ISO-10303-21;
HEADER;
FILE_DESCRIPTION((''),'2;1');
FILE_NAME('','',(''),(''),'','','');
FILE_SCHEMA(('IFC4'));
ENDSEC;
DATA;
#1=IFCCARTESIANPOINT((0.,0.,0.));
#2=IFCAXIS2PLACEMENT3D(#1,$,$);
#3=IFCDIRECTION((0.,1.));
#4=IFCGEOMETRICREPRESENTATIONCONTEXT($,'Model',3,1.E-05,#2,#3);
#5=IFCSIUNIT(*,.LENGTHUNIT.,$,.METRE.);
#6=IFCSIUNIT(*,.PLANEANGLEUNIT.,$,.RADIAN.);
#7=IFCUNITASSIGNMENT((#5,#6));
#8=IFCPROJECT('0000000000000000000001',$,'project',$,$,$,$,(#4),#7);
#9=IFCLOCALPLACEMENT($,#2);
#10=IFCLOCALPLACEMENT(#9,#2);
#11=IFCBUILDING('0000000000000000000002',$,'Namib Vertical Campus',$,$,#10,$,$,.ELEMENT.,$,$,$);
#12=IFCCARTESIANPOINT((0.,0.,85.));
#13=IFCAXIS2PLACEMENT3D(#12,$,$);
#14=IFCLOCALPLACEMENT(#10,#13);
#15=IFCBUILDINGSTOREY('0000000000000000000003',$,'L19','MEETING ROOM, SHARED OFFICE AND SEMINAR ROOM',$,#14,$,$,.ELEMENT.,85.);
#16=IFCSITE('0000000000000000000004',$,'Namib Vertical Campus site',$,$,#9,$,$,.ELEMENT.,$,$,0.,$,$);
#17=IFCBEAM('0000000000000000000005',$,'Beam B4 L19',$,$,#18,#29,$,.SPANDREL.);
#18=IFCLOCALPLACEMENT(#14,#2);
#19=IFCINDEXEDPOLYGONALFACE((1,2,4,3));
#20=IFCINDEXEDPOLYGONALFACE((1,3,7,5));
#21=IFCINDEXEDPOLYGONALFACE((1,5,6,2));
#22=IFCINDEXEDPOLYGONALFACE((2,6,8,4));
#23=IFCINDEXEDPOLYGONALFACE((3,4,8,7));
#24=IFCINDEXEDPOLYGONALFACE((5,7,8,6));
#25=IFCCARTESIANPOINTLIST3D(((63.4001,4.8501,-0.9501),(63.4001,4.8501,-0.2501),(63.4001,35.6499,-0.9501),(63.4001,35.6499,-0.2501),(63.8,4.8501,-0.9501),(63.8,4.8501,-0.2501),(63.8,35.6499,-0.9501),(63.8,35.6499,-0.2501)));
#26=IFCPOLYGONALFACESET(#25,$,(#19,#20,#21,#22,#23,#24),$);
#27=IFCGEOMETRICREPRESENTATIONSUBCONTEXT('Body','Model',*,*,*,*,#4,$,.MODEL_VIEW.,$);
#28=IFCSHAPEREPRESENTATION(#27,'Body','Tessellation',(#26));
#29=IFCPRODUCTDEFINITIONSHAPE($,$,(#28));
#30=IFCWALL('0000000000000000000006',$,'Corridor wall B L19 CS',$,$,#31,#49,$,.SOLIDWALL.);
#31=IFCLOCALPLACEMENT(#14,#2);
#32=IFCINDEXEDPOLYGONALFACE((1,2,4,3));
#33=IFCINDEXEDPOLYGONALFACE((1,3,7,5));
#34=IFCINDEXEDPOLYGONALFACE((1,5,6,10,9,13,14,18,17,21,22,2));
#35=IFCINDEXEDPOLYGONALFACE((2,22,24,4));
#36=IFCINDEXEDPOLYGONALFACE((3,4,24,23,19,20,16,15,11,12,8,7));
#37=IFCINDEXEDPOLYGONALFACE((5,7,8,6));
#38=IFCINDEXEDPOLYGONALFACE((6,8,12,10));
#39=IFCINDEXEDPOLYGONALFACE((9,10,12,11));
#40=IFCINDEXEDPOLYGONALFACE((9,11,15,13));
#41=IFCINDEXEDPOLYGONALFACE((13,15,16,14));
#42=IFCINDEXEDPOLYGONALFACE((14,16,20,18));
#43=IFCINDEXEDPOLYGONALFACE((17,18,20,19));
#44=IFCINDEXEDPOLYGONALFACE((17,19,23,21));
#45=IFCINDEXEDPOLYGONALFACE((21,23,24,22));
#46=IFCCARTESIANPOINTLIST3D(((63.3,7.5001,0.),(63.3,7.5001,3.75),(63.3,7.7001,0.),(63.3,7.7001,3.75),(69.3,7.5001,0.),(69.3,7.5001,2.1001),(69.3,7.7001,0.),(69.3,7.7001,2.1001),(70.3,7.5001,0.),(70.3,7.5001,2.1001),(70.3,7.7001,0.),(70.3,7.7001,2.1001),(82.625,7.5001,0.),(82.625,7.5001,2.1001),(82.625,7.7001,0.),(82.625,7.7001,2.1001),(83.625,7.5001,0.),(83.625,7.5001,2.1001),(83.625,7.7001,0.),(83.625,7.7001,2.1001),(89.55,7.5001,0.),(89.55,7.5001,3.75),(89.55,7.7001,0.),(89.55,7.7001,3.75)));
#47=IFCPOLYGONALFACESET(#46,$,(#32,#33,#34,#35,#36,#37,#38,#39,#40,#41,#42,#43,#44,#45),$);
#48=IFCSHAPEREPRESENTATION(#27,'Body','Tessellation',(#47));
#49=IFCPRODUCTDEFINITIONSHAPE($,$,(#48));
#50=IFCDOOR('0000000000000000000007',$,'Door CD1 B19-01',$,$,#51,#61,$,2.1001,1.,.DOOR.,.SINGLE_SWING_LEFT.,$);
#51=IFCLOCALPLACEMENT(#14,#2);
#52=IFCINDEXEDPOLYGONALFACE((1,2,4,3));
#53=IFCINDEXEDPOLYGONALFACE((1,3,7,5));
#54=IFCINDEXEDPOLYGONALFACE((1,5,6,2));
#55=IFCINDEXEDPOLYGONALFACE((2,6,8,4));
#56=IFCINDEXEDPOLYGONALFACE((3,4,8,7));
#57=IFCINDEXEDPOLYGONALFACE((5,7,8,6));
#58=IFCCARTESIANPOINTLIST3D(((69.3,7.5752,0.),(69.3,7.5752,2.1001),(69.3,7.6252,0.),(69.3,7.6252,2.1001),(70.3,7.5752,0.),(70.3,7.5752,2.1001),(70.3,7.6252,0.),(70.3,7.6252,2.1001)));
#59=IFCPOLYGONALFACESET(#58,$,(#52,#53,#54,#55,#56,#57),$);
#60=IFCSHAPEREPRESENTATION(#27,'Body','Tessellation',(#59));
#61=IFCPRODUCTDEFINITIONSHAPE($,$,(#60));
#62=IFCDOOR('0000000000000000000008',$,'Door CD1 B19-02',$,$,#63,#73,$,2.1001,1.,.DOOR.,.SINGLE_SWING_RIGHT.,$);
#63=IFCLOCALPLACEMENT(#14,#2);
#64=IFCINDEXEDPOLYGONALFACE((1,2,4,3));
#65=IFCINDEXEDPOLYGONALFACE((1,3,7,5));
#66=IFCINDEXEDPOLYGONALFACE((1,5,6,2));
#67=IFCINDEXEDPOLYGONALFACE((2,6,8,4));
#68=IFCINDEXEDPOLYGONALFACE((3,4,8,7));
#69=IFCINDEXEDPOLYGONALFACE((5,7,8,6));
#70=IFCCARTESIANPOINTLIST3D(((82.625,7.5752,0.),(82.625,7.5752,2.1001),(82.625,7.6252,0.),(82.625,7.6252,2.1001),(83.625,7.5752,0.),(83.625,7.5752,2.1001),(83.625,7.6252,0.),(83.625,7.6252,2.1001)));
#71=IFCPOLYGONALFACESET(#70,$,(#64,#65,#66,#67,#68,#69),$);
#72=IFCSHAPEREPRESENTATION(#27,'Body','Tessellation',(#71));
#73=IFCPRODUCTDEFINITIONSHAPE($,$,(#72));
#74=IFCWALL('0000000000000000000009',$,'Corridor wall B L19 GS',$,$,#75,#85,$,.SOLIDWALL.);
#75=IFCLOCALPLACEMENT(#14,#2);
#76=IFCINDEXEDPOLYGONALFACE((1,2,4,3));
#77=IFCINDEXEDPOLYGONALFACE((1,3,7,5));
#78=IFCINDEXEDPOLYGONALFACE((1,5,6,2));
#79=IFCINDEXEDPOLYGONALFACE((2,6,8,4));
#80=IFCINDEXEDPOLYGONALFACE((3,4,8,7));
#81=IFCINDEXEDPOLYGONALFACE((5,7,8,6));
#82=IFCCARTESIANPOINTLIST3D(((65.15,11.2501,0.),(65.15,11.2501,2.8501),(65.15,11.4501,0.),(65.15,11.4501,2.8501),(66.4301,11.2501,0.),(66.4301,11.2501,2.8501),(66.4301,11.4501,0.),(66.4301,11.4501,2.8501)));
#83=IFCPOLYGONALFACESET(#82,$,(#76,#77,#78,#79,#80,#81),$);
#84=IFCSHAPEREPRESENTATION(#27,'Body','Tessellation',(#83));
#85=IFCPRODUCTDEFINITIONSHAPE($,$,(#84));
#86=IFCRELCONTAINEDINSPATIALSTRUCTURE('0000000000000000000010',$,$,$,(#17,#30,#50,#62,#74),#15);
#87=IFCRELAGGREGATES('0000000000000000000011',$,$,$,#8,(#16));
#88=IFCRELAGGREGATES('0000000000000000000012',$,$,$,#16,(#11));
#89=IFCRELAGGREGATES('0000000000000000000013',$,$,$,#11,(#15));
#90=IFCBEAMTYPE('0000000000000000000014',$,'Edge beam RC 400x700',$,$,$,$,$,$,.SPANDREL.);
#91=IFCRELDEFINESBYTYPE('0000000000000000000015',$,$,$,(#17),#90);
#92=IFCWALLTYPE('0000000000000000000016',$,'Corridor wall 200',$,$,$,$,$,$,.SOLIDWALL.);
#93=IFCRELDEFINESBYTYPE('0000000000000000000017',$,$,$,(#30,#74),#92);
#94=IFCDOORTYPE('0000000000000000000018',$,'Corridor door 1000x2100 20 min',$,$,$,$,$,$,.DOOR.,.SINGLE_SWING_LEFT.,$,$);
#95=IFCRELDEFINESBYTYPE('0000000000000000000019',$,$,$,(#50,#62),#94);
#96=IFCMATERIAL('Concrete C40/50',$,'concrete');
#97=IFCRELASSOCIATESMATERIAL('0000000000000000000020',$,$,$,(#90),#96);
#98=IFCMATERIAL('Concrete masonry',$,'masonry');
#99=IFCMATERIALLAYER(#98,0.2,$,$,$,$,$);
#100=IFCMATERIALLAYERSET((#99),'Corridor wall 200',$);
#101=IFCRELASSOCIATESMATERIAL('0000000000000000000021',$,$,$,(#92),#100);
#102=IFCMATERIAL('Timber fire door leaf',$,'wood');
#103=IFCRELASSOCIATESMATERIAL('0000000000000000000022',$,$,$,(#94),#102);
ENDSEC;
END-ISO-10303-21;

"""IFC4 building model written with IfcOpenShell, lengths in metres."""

from ifc_helpers import new_model, si_unit, direction, frame, frame_2d, origin, origin_2d, place, context, subcontext, project, spatial, rectangle, extrude, material, layer, layer_set, material_profile, profile_set, type_object, element, fill, save


model = new_model("IFC4")

# Units and contexts
model_context = context("Model", 3, precision=1e-05, world=origin(), true_north=direction((0.0, 1.0)))
body_context = subcontext(model_context, "Body", "Model", "MODEL_VIEW")
ifc_project = project(units=[si_unit("LENGTHUNIT", "METRE"), si_unit("PLANEANGLEUNIT", "RADIAN")], contexts=[model_context])

# Site, building, storey
site_placement = place(None, origin())
site = spatial("IfcSite", under=ifc_project, at=site_placement, Name="Namib Vertical Campus site", CompositionType="ELEMENT", RefElevation=0.0)
building_placement = place(site_placement, origin())
building = spatial("IfcBuilding", under=site, at=building_placement, Name="Namib Vertical Campus", CompositionType="ELEMENT")
storey_placement = place(building_placement, frame((0.0, 0.0, 85.0)))
storey = spatial("IfcBuildingStorey", under=building, at=storey_placement, Name="L19", Description="MEETING ROOM, SHARED OFFICE AND SEMINAR ROOM", CompositionType="ELEMENT", Elevation=85.0)

# Beam
ifc_material_1 = material(Name="Concrete C40/50", Category="concrete")
ifc_material_profile = material_profile(ifc_material_1, rectangle(XDim=0.3999, YDim=0.7, at=origin_2d()))
ifc_profile_set = profile_set([ifc_material_profile], Name="Concrete C40/50")
beam_type = type_object("IfcBeamType", Name="Edge beam RC 400x700", PredefinedType="SPANDREL", material=ifc_profile_set)
beam_placement = place(storey_placement, frame((63.6001, 4.8501, -0.6001), z_axis=(0.0, 1.0, 0.0), x_axis=(-1.0, 0.0, 0.0)))
element("IfcBeam", 1, at=beam_placement, inside=storey, type_object=beam_type, Name="Beam B4 L19", PredefinedType="SPANDREL", context=body_context, shape_type="SweptSolid", body=[
    extrude(rectangle(XDim=0.3999, YDim=0.7, at=origin_2d()), origin(), (0.0, 0.0, 1.0), 30.7998),
])

# Wall, openings, doors
ifc_material_2 = material(Name="Concrete masonry", Category="masonry")
ifc_layer_1 = layer(ifc_material_2, 0.2)
ifc_layer_set_1 = layer_set([ifc_layer_1], Name="Corridor wall 200")
wall_type_1 = type_object("IfcWallType", Name="Corridor wall 200", PredefinedType="SOLIDWALL", material=ifc_layer_set_1)
wall_1_placement = place(storey_placement, frame((63.3, 7.6001, 0.0), z_axis=(0.0, 0.0, 1.0), x_axis=(1.0, 0.0, 0.0)))
wall_1 = element("IfcWall", 2, at=wall_1_placement, inside=storey, type_object=wall_type_1, Name="Corridor wall B L19 CS", PredefinedType="SOLIDWALL", context=body_context, shape_type="SweptSolid", body=[
    extrude(rectangle(XDim=26.25, YDim=0.2, at=frame_2d((13.125, 0.0))), origin(), (0.0, 0.0, 1.0), 3.75),
])
opening_1_placement = place(wall_1_placement, frame((6.0, 0.0, 0.0)))
opening_1 = element("IfcOpeningElement", 3, at=opening_1_placement, cuts=wall_1, PredefinedType="OPENING", context=body_context, shape_type="SweptSolid", body=[
    extrude(rectangle(XDim=1.0, YDim=2.1001, at=frame_2d((0.5, 1.05))), frame((0.0, 0.1099, 0.0), z_axis=(0.0, -1.0, 0.0), x_axis=(1.0, 0.0, 0.0)), (0.0, 0.0, 1.0), 0.22),
])
opening_2_placement = place(wall_1_placement, frame((19.325, 0.0, 0.0)))
opening_2 = element("IfcOpeningElement", 4, at=opening_2_placement, cuts=wall_1, PredefinedType="OPENING", context=body_context, shape_type="SweptSolid", body=[
    extrude(rectangle(XDim=1.0, YDim=2.1001, at=frame_2d((0.5, 1.05))), frame((0.0, 0.1099, 0.0), z_axis=(0.0, -1.0, 0.0), x_axis=(1.0, 0.0, 0.0)), (0.0, 0.0, 1.0), 0.22),
])
ifc_material_3 = material(Name="Timber fire door leaf", Category="wood")
door_type = type_object("IfcDoorType", Name="Corridor door 1000x2100 20 min", OperationType="SINGLE_SWING_LEFT", PredefinedType="DOOR", material=ifc_material_3)
door_1_placement = place(opening_1_placement, frame((1.0, 0.0, 0.0), z_axis=(0.0, 0.0, 1.0), x_axis=(-1.0, 0.0, 0.0)))
door_1 = element("IfcDoor", 5, at=door_1_placement, inside=storey, type_object=door_type, Name="Door CD1 B19-01", OperationType="SINGLE_SWING_LEFT", OverallHeight=2.1001, OverallWidth=1.0, PredefinedType="DOOR", context=body_context, shape_type="SweptSolid", body=[
    extrude(rectangle(XDim=1.0, YDim=2.1001, at=frame_2d((0.5, 1.05))), frame((0.0, 0.0249, 0.0), z_axis=(0.0, -1.0, 0.0), x_axis=(1.0, 0.0, 0.0)), (0.0, 0.0, 1.0), 0.05),
])
fill(opening_1, door_1)
door_2_placement = place(opening_2_placement, frame((1.0, 0.0, 0.0), z_axis=(0.0, 0.0, 1.0), x_axis=(-1.0, 0.0, 0.0)))
door_2 = element("IfcDoor", 6, at=door_2_placement, inside=storey, type_object=door_type, Name="Door CD1 B19-02", OperationType="SINGLE_SWING_RIGHT", OverallHeight=2.1001, OverallWidth=1.0, PredefinedType="DOOR", context=body_context, shape_type="SweptSolid", body=[
    extrude(rectangle(XDim=1.0, YDim=2.1001, at=frame_2d((0.5, 1.05))), frame((0.0, 0.0249, 0.0), z_axis=(0.0, -1.0, 0.0), x_axis=(1.0, 0.0, 0.0)), (0.0, 0.0, 1.0), 0.05),
])
fill(opening_2, door_2)

# Wall
wall_2_placement = place(storey_placement, frame((65.1499, 11.3501, 0.0), z_axis=(0.0, 0.0, 1.0), x_axis=(1.0, 0.0, 0.0)))
element("IfcWall", 7, at=wall_2_placement, inside=storey, type_object=wall_type_1, Name="Corridor wall B L19 GS", PredefinedType="SOLIDWALL", context=body_context, shape_type="SweptSolid", body=[
    extrude(rectangle(XDim=1.28, YDim=0.2, at=frame_2d((0.6401, 0.0))), origin(), (0.0, 0.0, 1.0), 2.8501),
])

save(model, "model.ifc")
